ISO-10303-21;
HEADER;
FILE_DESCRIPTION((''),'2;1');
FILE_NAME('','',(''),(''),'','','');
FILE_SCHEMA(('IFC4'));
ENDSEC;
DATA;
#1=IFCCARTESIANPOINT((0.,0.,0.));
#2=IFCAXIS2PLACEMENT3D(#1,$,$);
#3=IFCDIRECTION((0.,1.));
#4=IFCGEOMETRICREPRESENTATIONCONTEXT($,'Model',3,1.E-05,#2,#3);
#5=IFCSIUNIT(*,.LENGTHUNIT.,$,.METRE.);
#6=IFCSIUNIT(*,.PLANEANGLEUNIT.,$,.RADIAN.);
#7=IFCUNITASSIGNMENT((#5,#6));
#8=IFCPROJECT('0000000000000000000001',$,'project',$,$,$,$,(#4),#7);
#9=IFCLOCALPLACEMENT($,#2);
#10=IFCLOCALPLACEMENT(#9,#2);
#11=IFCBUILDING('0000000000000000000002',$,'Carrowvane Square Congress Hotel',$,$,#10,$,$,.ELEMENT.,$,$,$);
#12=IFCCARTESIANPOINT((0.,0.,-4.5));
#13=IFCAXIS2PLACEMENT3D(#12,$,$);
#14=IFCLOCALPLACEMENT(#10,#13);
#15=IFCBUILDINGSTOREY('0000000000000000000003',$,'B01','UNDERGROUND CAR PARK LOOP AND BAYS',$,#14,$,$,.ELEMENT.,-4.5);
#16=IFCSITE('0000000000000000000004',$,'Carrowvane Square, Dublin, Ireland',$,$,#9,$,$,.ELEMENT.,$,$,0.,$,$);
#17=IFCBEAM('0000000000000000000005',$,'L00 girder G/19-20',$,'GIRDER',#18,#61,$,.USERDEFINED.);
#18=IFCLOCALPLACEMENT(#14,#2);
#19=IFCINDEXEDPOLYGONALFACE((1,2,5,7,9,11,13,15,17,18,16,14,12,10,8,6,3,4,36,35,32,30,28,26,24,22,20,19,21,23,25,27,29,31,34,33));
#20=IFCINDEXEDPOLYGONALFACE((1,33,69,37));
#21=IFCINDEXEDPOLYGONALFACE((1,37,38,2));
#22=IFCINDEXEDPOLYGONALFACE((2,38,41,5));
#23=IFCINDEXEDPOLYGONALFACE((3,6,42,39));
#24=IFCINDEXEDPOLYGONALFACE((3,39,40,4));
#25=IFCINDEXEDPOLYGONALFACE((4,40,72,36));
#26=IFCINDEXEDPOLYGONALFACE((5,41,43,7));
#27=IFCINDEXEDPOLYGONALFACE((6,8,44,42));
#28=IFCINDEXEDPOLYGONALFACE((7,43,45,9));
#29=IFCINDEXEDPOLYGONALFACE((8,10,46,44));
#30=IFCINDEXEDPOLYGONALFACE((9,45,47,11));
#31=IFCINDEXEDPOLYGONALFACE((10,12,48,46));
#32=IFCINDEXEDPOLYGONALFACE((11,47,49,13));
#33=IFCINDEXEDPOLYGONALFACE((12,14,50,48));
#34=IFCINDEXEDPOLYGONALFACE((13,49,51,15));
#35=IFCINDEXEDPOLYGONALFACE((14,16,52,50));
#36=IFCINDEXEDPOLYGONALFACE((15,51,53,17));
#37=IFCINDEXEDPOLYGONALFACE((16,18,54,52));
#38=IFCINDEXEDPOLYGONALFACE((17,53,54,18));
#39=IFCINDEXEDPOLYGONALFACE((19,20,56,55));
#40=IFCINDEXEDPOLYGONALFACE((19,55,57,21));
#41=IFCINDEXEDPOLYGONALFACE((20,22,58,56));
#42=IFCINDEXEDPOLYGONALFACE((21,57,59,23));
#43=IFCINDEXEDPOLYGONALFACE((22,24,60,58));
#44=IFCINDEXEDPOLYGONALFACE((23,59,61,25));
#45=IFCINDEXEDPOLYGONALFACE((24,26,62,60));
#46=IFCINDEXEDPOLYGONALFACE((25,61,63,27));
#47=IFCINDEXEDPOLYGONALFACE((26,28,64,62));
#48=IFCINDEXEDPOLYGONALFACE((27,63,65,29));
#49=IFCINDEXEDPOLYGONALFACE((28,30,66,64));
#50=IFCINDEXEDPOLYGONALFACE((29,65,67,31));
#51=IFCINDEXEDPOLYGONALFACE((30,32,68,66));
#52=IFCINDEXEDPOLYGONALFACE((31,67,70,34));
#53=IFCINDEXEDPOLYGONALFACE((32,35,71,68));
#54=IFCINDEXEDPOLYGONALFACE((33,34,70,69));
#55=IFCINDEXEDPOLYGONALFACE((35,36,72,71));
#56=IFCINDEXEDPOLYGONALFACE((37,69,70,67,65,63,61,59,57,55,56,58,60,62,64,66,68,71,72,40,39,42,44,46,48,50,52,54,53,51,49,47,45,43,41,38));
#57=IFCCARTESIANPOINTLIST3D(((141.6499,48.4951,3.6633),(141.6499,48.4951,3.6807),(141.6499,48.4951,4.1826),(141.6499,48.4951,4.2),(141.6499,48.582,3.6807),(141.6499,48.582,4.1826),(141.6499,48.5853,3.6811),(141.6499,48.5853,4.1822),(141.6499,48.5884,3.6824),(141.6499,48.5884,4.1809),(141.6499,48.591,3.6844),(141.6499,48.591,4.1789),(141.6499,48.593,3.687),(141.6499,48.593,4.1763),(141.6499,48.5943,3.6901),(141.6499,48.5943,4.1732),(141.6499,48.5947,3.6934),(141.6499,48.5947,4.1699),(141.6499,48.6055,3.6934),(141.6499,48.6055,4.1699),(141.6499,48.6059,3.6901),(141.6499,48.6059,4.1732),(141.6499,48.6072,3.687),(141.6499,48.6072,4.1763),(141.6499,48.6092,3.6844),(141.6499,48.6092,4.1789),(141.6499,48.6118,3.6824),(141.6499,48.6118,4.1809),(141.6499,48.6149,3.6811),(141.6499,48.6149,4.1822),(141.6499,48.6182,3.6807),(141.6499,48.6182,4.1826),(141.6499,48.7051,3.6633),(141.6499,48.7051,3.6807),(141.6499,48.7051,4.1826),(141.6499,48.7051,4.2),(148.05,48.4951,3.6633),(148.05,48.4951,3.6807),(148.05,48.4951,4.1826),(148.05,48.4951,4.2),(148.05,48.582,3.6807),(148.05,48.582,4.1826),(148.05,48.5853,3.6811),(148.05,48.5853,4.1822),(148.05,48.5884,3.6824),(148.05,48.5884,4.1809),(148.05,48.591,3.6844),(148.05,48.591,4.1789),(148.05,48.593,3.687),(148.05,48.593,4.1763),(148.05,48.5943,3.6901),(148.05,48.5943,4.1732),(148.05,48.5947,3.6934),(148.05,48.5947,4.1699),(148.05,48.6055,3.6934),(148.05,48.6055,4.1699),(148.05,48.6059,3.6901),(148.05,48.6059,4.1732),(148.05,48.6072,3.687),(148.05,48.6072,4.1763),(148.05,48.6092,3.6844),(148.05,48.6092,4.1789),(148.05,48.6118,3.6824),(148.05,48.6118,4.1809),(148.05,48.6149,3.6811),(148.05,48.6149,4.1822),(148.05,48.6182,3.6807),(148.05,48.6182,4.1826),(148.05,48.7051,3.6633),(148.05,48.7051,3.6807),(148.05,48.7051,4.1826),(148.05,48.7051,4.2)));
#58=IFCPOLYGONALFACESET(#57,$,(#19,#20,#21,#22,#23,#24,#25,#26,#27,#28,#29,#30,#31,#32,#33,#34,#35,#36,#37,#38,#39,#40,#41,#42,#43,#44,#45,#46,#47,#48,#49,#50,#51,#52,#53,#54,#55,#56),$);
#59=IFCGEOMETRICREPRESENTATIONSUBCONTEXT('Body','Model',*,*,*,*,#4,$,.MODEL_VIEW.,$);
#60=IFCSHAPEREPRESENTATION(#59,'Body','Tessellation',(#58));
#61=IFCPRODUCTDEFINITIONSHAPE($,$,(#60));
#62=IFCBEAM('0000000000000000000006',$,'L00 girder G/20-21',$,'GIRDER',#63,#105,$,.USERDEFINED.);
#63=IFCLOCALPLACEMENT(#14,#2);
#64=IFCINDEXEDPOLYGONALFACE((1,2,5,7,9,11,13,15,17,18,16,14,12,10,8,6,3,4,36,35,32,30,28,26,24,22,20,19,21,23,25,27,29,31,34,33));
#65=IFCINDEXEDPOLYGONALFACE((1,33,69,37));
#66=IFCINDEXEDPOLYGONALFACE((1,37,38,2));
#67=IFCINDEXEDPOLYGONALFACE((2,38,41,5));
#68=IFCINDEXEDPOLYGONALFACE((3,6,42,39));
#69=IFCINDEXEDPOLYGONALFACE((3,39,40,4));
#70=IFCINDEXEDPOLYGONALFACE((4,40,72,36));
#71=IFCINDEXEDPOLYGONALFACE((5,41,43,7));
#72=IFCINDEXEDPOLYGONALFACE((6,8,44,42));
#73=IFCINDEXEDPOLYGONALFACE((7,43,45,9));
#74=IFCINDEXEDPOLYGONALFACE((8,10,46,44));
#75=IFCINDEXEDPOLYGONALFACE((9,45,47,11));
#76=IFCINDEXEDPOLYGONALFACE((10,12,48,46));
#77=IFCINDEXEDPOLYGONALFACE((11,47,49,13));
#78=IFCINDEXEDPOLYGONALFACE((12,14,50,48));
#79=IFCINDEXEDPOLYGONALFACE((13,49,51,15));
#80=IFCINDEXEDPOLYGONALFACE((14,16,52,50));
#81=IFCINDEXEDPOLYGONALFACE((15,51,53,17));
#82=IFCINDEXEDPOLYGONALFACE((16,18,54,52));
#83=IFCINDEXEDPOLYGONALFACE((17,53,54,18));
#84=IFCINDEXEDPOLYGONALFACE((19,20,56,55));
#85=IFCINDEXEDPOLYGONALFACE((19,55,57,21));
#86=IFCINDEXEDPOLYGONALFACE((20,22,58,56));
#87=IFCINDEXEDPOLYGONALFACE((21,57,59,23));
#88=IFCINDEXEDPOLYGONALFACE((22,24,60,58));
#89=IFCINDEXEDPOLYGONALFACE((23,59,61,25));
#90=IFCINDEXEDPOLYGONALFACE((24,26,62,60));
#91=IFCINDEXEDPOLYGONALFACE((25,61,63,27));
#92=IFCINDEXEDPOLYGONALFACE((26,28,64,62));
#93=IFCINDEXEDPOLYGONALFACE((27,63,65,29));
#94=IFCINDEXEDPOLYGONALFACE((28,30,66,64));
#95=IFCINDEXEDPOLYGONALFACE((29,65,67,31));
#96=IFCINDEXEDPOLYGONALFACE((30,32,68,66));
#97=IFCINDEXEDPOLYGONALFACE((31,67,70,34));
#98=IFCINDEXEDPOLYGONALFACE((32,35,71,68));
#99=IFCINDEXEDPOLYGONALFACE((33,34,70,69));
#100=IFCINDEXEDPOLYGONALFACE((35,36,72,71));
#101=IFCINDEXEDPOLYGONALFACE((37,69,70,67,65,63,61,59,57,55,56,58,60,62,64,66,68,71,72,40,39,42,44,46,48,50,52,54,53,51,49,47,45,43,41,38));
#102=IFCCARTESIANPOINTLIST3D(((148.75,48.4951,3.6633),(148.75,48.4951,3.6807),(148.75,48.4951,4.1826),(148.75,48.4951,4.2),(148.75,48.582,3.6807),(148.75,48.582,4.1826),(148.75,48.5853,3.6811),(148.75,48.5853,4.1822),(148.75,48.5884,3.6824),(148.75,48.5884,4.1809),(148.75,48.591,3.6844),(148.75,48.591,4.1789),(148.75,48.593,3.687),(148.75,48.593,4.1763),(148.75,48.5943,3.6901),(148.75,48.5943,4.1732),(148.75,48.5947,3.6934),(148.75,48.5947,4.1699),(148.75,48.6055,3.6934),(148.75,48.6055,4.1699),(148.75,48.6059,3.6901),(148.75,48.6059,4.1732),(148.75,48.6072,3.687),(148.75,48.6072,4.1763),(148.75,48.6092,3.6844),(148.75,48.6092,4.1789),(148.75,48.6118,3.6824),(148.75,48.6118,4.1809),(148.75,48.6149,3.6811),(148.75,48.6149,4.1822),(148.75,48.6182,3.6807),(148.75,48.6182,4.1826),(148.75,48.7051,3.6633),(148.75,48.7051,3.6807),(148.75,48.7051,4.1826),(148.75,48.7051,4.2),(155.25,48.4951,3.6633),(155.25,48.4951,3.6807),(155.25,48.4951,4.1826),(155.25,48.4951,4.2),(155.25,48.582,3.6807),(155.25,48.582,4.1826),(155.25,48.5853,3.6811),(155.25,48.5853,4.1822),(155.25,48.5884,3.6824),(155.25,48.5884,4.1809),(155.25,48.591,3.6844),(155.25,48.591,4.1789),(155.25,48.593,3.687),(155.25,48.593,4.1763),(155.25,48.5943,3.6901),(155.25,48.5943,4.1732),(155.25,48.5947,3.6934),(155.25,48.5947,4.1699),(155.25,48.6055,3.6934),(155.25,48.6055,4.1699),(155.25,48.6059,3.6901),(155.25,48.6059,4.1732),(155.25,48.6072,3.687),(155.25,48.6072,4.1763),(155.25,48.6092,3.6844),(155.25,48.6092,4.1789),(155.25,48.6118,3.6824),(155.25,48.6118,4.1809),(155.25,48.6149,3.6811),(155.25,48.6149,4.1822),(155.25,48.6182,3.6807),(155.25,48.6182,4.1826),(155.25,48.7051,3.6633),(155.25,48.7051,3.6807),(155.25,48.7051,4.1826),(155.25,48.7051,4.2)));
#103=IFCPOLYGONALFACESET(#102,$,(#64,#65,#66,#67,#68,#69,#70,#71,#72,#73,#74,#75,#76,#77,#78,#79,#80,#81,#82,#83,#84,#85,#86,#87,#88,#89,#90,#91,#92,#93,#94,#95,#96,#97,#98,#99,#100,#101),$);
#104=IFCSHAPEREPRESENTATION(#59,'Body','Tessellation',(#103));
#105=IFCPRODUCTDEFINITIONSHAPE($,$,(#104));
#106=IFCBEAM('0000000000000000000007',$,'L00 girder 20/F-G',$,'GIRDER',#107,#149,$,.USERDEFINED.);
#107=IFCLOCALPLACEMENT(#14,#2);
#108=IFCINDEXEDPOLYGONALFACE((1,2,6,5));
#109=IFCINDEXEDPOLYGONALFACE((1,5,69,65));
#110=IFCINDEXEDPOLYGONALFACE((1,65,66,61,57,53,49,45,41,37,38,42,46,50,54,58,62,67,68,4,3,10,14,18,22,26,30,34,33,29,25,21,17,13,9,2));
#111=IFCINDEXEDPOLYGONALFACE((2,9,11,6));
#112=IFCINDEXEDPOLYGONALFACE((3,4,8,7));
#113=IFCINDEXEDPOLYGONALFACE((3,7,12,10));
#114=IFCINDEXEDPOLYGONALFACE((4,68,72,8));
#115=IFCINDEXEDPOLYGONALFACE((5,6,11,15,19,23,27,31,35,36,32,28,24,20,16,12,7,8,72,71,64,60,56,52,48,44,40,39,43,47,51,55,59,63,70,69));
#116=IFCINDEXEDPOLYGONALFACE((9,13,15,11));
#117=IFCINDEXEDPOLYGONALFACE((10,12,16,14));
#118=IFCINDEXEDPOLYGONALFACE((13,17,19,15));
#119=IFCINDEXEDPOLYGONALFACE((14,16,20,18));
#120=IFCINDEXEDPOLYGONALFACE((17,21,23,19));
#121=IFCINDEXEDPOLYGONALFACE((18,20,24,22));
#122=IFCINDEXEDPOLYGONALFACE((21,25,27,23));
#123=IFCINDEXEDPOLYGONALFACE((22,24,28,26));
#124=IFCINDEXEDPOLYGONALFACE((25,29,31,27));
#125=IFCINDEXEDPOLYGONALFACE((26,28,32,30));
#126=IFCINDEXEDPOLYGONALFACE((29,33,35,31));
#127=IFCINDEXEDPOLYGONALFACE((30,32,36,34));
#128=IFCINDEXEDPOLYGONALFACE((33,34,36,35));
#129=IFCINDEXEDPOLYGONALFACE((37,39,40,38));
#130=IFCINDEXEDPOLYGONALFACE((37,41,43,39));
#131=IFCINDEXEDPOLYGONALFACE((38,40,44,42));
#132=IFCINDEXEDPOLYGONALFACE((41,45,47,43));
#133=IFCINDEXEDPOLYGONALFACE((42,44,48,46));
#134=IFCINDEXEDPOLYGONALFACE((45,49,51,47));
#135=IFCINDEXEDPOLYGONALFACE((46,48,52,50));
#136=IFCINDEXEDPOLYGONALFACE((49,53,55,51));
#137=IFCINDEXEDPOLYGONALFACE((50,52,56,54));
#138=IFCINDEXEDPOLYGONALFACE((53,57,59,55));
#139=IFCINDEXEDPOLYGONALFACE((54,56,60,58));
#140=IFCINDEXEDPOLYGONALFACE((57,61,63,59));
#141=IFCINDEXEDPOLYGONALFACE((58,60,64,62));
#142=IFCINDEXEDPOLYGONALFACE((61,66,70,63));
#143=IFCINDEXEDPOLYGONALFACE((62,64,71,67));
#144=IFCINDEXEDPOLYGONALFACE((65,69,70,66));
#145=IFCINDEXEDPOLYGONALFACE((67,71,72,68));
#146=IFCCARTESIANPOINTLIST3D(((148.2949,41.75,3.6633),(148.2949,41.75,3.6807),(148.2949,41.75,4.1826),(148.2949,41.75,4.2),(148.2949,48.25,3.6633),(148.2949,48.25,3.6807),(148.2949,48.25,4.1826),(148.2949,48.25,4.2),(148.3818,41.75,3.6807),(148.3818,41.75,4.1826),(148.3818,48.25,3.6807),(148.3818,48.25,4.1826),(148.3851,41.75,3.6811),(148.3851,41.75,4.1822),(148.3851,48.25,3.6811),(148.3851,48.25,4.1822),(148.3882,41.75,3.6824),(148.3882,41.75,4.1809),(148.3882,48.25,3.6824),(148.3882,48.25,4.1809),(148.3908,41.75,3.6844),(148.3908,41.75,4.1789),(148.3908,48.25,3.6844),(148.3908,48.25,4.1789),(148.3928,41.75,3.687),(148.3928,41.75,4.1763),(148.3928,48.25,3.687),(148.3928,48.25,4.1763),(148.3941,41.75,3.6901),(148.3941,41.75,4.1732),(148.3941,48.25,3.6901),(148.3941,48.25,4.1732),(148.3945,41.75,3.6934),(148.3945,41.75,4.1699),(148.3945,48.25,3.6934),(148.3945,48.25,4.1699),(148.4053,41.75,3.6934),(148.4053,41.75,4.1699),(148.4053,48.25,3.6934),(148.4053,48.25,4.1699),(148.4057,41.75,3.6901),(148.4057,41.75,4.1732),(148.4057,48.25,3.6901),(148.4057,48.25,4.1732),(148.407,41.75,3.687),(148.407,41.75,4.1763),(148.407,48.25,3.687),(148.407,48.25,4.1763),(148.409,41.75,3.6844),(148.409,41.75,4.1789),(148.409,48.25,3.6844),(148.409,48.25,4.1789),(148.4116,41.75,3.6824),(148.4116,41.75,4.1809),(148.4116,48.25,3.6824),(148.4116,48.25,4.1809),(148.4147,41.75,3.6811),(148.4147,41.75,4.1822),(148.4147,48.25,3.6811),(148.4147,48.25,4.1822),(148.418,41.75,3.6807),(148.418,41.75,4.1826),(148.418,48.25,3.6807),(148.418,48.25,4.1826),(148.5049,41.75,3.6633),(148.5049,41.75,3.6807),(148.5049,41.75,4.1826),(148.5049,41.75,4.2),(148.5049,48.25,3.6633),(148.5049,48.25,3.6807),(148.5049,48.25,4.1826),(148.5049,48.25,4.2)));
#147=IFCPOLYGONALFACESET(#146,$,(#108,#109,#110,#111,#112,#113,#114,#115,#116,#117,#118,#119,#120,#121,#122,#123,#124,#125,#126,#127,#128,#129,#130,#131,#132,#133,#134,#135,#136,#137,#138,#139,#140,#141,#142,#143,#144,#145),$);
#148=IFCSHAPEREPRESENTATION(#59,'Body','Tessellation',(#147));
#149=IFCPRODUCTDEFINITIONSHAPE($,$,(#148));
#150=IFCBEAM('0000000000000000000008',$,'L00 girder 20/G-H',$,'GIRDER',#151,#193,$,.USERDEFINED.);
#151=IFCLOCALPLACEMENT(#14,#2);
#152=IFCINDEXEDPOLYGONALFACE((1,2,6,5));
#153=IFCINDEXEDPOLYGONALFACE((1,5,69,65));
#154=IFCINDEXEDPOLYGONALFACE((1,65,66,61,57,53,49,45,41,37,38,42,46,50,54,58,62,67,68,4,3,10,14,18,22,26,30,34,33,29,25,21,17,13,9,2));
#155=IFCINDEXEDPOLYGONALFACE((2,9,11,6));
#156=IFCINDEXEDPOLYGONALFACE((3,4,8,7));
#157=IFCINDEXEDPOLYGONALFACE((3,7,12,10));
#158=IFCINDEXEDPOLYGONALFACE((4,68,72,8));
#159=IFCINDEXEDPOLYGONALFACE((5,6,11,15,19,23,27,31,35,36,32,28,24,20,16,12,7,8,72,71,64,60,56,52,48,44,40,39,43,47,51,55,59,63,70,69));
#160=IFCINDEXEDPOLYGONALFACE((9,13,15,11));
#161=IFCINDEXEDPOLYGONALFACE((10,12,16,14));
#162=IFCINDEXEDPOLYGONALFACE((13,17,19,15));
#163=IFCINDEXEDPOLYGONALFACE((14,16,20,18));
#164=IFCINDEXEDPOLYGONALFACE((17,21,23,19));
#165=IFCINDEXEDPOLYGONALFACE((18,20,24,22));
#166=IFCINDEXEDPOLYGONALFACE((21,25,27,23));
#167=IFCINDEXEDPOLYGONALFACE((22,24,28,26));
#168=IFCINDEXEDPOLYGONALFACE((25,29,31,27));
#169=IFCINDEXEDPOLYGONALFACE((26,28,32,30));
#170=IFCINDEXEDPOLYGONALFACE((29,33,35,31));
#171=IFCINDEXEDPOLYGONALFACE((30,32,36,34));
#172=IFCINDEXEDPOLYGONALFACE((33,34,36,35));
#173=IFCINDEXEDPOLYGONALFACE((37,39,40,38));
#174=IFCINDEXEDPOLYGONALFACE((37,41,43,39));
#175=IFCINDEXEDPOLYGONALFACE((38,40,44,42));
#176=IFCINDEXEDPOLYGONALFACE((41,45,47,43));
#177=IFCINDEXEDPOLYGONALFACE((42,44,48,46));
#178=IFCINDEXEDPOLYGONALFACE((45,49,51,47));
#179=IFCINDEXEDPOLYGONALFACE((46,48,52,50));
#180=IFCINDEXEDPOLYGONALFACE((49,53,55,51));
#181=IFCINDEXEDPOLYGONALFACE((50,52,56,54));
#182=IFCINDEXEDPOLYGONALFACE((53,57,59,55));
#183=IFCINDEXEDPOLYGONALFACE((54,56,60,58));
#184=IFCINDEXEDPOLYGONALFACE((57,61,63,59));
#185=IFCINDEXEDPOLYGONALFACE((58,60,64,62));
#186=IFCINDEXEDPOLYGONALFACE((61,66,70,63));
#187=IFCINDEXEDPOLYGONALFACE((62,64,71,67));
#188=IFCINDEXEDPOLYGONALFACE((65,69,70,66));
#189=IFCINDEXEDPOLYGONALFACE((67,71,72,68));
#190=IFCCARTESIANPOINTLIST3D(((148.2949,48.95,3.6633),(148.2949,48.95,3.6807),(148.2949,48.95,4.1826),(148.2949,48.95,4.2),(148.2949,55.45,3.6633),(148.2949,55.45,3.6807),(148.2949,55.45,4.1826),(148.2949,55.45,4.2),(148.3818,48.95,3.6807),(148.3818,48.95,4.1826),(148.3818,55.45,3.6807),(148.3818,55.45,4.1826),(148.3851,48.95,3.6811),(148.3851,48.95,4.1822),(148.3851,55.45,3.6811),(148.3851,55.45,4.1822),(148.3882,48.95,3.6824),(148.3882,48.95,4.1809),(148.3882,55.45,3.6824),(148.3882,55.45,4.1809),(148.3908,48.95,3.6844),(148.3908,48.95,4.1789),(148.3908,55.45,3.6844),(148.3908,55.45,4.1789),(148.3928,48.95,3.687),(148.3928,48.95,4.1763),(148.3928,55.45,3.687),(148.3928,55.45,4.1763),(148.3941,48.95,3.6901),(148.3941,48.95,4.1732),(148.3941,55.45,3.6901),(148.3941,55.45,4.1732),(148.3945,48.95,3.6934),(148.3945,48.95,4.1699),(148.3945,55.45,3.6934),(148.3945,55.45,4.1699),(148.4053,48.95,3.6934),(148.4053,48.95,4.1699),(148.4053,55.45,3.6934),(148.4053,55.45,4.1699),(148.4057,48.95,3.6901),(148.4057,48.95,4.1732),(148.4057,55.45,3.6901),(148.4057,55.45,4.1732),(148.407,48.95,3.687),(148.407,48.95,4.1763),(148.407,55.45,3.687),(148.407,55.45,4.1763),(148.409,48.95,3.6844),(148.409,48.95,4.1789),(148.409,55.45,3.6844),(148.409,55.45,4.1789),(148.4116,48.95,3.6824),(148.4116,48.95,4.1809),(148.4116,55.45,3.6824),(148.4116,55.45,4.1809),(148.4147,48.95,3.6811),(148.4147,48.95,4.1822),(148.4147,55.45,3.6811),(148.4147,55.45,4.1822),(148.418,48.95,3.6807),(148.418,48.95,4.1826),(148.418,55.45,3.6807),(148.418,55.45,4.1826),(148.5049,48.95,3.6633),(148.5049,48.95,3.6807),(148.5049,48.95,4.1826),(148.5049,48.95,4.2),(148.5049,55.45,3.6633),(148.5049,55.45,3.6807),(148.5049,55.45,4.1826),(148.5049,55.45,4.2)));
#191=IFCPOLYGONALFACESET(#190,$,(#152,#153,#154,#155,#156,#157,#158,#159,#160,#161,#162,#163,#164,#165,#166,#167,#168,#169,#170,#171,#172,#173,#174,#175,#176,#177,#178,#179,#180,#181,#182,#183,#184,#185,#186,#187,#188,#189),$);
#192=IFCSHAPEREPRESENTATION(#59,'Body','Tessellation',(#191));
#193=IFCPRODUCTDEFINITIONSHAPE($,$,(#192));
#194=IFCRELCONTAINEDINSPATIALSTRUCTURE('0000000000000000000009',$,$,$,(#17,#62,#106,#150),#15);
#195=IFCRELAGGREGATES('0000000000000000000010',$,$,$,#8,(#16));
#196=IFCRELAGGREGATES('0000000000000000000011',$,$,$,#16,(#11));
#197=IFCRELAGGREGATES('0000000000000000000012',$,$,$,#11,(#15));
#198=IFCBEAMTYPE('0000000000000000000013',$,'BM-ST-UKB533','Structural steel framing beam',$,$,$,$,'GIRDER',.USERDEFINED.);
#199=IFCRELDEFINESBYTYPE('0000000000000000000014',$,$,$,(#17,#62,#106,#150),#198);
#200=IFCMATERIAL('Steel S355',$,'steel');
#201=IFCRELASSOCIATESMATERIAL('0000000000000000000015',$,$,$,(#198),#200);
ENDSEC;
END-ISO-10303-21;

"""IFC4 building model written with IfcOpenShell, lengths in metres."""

from ifc_helpers import new_model, si_unit, direction, frame, origin, origin_2d, place, context, subcontext, project, spatial, i_section, extrude, material, material_profile, profile_set, type_object, element, save


model = new_model("IFC4")

# Units and contexts
model_context = context("Model", 3, precision=1e-05, world=origin(), true_north=direction((0.0, 1.0)))
body_context = subcontext(model_context, "Body", "Model", "MODEL_VIEW")
ifc_project = project(units=[si_unit("LENGTHUNIT", "METRE"), si_unit("PLANEANGLEUNIT", "RADIAN")], contexts=[model_context])

# Site, building, storey
site_placement = place(None, origin())
site = spatial("IfcSite", under=ifc_project, at=site_placement, Name="Carrowvane Square, Dublin, Ireland", CompositionType="ELEMENT", RefElevation=0.0)
building_placement = place(site_placement, origin())
building = spatial("IfcBuilding", under=site, at=building_placement, Name="Carrowvane Square Congress Hotel", CompositionType="ELEMENT")
storey_placement = place(building_placement, frame((0.0, 0.0, -4.5)))
storey = spatial("IfcBuildingStorey", under=building, at=storey_placement, Name="B01", Description="UNDERGROUND CAR PARK LOOP AND BAYS", CompositionType="ELEMENT", Elevation=-4.5)

# Beams
ifc_material_1 = material(Name="Steel S355", Category="steel")
ifc_material_profile_1 = material_profile(ifc_material_1, i_section(OverallWidth=0.21, OverallDepth=0.5366, WebThickness=0.0107, FlangeThickness=0.0173, FilletRadius=0.0127, at=origin_2d()), Name="UKB 533x210x101")
ifc_profile_set_1 = profile_set([ifc_material_profile_1], Name="Steel S355")
beam_type_1 = type_object("IfcBeamType", Name="BM-ST-UKB533", Description="Structural steel framing beam", ElementType="GIRDER", PredefinedType="USERDEFINED", material=ifc_profile_set_1)
beam_1_placement = place(storey_placement, frame((141.6499, 48.6001, 3.9316), z_axis=(1.0, 0.0, 0.0), x_axis=(0.0, 1.0, 0.0)))
element("IfcBeam", 1, at=beam_1_placement, inside=storey, type_object=beam_type_1, Name="L00 girder G/19-20", ObjectType="GIRDER", PredefinedType="USERDEFINED", context=body_context, shape_type="SweptSolid", body=[
    extrude(i_section(OverallWidth=0.21, OverallDepth=0.5366, WebThickness=0.0107, FlangeThickness=0.0173, FilletRadius=0.0127, at=origin_2d()), origin(), (0.0, 0.0, 1.0), 6.4001),
])
for number, where, z_axis, x_axis, name in (
    (2, (148.75, 48.6001, 3.9316), (1.0, 0.0, 0.0), (0.0, 1.0, 0.0), "L00 girder G/20-21"),
    (3, (148.3999, 41.75, 3.9316), (0.0, 1.0, 0.0), (-1.0, 0.0, 0.0), "L00 girder 20/F-G"),
    (4, (148.3999, 48.95, 3.9316), (0.0, 1.0, 0.0), (-1.0, 0.0, 0.0), "L00 girder 20/G-H"),
):
    element("IfcBeam", number, at=place(storey_placement, frame(where, z_axis=z_axis, x_axis=x_axis)), inside=storey, type_object=beam_type_1, Name=name, ObjectType="GIRDER", PredefinedType="USERDEFINED", context=body_context, shape_type="SweptSolid", body=[
        extrude(i_section(OverallWidth=0.21, OverallDepth=0.5366, WebThickness=0.0107, FlangeThickness=0.0173, FilletRadius=0.0127, at=origin_2d()), origin(), (0.0, 0.0, 1.0), 6.5),
    ])

save(model, "model.ifc")
